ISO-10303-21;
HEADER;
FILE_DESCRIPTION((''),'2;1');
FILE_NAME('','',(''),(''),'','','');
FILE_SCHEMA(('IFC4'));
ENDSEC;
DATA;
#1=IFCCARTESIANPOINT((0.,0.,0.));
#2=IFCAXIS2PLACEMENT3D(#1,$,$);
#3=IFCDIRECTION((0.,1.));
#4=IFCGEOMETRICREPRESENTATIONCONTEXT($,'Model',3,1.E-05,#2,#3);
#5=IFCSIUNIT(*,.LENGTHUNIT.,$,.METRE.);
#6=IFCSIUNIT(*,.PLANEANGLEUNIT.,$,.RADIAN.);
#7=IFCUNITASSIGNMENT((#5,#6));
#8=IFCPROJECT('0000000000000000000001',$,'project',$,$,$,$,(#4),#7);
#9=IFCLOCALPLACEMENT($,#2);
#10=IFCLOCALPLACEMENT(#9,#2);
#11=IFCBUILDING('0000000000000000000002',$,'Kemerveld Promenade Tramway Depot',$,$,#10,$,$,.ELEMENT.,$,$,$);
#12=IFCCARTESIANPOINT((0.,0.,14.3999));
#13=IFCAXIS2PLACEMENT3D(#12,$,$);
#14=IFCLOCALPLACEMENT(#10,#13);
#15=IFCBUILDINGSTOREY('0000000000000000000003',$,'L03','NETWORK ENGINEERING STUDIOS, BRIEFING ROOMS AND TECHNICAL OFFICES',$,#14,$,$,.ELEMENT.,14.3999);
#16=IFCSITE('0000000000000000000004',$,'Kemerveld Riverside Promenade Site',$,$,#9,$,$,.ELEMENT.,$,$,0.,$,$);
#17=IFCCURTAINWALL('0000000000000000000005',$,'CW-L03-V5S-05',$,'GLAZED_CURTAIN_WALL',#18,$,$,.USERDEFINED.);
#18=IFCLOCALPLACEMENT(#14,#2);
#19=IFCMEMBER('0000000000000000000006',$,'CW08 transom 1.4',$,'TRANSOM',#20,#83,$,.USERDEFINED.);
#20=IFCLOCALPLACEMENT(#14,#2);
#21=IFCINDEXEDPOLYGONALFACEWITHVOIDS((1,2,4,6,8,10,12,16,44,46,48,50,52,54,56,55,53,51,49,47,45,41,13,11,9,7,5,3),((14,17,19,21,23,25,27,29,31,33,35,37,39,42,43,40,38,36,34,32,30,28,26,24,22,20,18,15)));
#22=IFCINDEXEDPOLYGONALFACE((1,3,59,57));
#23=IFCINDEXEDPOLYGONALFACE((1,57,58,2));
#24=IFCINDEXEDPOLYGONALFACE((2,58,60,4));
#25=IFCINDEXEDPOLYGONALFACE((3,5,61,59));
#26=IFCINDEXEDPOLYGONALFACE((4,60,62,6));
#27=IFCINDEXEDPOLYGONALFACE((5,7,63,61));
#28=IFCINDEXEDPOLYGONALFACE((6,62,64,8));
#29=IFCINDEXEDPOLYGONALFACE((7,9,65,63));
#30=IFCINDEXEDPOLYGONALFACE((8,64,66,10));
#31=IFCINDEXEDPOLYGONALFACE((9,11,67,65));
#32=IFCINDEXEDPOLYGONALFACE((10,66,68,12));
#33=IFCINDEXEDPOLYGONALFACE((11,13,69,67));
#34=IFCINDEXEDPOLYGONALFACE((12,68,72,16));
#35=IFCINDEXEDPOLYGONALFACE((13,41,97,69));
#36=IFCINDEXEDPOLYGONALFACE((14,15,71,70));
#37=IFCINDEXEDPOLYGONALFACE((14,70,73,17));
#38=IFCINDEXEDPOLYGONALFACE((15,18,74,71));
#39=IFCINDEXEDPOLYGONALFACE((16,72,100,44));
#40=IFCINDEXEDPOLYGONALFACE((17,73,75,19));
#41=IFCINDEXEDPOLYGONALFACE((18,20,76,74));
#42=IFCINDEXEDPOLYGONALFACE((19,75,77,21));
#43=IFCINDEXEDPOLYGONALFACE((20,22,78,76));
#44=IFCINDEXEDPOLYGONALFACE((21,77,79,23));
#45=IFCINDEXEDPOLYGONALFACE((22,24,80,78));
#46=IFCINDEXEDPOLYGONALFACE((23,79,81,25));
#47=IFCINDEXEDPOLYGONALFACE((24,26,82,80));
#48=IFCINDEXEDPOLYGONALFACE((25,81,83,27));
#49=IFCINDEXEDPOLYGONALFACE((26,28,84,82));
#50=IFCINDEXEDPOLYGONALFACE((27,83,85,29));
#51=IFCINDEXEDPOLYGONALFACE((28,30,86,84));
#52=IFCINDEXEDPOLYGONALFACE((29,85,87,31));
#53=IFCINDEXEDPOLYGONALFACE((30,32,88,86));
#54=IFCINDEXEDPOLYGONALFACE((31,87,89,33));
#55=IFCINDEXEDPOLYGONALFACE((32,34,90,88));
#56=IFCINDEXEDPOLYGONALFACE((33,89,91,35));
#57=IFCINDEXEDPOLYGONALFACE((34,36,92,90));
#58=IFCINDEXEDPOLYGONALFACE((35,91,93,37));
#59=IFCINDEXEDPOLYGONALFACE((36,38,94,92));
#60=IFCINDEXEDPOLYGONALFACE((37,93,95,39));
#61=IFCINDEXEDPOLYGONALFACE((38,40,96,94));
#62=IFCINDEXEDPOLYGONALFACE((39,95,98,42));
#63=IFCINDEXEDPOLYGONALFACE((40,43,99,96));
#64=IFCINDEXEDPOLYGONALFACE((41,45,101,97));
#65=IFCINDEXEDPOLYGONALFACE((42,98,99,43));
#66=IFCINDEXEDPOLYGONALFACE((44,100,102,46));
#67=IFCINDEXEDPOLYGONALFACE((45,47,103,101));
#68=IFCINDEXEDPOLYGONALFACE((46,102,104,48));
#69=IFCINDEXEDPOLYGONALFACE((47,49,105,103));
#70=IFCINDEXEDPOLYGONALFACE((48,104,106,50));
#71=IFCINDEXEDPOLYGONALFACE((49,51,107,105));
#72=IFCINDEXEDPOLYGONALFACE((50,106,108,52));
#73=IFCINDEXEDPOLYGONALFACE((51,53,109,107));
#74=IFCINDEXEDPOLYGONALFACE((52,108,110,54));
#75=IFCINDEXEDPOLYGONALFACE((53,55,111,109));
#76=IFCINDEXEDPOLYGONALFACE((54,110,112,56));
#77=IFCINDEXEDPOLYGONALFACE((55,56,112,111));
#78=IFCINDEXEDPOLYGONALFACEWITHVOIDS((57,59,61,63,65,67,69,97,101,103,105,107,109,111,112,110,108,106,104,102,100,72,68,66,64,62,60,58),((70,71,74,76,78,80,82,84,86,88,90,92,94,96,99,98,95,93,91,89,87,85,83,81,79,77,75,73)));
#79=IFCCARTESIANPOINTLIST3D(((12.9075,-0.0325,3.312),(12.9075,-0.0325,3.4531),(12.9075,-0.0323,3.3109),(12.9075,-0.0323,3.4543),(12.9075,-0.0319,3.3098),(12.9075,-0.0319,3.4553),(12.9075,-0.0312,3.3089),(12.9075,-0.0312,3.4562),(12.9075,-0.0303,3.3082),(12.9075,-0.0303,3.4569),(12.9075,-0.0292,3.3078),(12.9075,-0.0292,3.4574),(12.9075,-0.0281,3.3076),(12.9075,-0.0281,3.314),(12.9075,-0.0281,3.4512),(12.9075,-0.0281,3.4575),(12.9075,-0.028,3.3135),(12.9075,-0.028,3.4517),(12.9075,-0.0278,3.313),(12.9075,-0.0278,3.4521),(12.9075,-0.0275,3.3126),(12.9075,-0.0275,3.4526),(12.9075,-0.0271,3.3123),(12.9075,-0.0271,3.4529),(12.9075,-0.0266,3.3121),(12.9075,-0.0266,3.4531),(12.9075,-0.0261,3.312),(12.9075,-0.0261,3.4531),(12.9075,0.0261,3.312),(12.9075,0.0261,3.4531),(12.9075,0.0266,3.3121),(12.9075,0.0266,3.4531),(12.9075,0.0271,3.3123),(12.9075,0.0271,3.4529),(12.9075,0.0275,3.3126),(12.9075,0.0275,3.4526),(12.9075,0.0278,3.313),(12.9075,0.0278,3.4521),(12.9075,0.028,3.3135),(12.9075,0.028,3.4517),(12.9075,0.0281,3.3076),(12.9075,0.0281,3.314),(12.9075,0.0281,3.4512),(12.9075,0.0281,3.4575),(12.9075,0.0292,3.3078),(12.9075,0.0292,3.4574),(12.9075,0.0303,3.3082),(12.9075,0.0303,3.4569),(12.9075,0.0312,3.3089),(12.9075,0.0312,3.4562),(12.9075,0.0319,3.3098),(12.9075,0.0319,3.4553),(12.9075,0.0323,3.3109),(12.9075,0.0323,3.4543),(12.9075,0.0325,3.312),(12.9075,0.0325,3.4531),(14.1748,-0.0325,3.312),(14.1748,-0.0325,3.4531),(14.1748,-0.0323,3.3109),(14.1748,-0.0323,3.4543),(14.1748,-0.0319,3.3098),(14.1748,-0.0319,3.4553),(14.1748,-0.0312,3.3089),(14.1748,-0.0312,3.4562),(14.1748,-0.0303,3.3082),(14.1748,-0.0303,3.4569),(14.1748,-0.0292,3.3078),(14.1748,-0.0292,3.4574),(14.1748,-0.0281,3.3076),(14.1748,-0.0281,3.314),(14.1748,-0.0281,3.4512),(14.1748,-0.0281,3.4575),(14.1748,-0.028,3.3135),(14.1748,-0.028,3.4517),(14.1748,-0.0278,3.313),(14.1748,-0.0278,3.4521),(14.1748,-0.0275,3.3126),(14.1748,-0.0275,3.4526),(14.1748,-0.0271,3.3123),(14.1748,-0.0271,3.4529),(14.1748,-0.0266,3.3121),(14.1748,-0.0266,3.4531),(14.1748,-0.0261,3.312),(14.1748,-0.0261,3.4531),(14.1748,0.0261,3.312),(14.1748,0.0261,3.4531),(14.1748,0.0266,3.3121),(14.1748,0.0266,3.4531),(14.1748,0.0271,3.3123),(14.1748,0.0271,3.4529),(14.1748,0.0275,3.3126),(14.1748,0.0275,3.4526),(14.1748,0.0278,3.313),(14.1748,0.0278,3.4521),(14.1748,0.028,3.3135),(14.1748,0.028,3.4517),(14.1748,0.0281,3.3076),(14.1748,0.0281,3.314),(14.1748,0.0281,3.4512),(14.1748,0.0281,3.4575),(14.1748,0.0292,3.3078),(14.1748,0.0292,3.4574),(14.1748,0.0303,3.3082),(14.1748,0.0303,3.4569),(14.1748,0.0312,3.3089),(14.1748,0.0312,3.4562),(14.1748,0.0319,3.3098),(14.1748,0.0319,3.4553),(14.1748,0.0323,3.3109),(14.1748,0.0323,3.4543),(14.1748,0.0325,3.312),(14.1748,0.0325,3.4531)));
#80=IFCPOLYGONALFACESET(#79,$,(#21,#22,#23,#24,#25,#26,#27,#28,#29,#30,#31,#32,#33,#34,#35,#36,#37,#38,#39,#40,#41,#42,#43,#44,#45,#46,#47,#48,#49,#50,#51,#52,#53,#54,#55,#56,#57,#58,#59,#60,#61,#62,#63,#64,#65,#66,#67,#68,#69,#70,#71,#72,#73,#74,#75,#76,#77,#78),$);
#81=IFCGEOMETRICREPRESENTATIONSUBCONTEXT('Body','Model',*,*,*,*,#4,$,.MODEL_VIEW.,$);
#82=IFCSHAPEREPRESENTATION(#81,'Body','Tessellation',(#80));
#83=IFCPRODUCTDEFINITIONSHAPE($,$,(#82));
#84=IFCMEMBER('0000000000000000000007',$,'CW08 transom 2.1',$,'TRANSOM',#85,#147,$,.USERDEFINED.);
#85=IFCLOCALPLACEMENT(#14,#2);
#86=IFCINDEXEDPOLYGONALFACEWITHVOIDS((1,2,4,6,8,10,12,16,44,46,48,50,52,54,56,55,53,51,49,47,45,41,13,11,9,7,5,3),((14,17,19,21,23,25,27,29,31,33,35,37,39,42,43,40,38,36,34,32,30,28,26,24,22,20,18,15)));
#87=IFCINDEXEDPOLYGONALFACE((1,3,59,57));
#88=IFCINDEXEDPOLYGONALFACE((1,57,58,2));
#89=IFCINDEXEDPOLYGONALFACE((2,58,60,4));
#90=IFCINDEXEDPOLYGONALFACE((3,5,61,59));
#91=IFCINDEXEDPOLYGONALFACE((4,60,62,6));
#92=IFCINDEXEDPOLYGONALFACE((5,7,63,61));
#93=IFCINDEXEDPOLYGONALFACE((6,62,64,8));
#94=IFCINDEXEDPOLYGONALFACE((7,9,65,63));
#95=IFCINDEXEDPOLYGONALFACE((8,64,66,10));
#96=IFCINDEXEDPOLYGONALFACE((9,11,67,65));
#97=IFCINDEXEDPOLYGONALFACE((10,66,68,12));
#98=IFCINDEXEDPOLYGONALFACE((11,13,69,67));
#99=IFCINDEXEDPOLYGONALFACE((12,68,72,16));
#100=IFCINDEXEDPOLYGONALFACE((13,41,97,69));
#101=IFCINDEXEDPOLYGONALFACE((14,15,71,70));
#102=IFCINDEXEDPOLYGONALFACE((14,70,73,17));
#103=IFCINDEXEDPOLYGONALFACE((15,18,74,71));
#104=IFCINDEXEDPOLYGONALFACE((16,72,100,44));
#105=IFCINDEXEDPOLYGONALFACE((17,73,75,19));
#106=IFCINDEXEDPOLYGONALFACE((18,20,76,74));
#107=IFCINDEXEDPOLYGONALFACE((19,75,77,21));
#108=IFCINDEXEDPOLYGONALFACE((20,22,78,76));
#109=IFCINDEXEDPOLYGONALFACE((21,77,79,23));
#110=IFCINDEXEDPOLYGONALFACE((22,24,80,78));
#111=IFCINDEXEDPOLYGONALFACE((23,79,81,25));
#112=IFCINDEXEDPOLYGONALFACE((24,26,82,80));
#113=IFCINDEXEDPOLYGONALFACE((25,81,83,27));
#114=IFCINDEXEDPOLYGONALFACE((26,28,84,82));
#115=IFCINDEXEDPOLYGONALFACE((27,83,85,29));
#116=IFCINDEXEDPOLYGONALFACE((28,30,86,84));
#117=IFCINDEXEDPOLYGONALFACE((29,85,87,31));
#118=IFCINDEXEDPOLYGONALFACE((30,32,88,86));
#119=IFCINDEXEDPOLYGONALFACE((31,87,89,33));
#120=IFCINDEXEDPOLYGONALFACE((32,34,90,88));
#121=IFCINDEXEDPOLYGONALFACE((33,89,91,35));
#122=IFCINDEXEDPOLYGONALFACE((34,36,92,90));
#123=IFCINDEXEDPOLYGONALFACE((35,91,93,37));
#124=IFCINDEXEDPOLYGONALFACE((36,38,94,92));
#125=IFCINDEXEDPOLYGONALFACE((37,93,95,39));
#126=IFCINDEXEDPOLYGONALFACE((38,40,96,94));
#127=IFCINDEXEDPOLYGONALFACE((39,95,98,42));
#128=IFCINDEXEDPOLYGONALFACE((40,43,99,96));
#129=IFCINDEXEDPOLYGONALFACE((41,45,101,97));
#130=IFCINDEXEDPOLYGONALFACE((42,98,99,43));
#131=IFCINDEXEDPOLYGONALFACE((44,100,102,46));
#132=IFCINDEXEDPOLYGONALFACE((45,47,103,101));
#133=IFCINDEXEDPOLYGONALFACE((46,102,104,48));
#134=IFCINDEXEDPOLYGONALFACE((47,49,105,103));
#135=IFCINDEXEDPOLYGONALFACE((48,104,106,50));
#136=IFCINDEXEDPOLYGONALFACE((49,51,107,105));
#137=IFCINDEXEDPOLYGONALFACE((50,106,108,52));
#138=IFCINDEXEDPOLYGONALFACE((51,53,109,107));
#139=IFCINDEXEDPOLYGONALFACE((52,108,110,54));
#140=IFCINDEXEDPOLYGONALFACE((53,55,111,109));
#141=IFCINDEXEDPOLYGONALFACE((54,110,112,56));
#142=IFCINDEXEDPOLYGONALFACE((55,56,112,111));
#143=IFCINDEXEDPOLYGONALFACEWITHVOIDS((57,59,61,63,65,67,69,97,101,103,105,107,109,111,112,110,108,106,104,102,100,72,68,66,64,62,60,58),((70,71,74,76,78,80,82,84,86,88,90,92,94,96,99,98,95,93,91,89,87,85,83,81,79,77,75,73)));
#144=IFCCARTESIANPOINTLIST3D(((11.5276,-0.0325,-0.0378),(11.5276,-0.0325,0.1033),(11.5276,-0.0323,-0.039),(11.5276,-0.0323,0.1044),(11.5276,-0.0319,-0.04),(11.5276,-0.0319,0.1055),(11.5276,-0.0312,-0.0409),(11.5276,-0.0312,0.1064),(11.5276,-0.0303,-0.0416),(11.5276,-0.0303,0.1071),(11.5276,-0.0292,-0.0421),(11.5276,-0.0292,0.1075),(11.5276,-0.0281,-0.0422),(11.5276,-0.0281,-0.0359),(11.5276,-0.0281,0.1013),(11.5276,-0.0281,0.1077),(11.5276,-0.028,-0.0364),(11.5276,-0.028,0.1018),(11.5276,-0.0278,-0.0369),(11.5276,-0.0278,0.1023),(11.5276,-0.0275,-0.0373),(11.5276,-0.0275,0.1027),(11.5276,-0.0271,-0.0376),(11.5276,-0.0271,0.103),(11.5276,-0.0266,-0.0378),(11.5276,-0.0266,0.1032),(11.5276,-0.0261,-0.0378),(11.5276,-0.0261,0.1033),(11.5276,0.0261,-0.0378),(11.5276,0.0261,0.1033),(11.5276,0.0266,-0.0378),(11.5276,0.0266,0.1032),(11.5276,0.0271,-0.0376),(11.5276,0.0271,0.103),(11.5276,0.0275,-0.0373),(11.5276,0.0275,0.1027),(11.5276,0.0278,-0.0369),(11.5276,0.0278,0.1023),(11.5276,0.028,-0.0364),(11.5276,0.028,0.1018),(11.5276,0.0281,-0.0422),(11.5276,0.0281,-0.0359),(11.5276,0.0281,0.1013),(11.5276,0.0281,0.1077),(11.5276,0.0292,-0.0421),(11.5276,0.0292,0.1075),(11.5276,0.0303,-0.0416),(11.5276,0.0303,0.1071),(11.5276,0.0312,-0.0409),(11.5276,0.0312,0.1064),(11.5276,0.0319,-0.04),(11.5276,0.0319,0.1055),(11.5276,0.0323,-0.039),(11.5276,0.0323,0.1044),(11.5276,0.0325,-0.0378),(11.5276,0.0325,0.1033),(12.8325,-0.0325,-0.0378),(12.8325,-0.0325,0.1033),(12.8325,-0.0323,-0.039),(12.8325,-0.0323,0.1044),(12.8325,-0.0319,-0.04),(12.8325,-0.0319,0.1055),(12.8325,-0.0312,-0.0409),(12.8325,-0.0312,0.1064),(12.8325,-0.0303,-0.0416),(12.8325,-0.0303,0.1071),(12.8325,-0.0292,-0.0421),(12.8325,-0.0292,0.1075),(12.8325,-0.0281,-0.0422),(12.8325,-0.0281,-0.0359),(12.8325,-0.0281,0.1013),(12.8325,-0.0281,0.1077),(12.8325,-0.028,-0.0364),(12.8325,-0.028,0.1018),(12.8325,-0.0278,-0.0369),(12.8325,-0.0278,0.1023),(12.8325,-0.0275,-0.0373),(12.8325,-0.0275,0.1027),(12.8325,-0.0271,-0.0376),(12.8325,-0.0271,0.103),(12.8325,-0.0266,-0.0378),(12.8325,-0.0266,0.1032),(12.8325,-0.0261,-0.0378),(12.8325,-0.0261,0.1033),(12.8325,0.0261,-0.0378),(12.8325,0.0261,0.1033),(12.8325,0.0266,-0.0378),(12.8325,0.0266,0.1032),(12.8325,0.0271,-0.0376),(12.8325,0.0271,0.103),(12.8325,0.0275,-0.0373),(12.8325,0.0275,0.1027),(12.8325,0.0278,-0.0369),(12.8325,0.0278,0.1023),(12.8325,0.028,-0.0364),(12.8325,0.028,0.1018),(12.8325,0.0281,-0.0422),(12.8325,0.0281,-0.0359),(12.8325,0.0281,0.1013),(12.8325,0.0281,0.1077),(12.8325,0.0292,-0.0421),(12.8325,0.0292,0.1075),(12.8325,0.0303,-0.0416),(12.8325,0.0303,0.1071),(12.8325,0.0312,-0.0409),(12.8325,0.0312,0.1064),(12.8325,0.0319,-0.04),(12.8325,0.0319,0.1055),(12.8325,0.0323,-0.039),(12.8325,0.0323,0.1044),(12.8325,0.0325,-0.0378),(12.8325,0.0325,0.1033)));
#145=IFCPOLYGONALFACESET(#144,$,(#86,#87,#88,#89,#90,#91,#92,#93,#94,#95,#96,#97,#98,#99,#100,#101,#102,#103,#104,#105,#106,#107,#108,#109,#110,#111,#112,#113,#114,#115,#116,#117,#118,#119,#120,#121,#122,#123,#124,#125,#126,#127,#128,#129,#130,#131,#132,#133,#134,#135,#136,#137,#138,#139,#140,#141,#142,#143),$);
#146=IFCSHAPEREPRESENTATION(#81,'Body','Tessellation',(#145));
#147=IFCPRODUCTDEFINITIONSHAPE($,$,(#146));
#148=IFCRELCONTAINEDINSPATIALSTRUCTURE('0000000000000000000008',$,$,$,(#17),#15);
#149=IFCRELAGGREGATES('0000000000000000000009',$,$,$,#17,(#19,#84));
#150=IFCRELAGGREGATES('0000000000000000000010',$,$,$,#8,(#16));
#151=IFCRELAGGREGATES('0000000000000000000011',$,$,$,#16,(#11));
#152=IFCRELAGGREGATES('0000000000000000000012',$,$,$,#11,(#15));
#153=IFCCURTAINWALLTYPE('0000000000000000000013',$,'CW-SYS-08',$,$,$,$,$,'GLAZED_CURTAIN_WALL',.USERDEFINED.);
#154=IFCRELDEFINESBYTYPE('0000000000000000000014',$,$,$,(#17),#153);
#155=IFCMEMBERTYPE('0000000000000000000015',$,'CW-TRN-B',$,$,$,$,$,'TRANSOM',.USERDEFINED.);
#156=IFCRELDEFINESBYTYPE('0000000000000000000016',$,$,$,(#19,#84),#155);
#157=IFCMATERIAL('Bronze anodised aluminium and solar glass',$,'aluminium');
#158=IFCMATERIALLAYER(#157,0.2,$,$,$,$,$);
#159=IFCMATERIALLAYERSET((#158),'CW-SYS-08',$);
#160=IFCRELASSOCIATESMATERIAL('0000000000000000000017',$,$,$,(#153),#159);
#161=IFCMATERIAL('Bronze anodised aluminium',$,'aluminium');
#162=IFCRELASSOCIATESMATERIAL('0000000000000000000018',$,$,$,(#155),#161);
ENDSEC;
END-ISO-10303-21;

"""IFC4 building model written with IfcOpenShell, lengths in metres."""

from ifc_helpers import new_model, si_unit, direction, frame, origin, origin_2d, place, context, subcontext, project, spatial, hollow_rectangle, extrude, material, layer, layer_set, material_profile, profile_set, type_object, element, aggregate, save


model = new_model("IFC4")

# Units and contexts
model_context = context("Model", 3, precision=1e-05, world=origin(), true_north=direction((0.0, 1.0)))
body_context = subcontext(model_context, "Body", "Model", "MODEL_VIEW")
ifc_project = project(units=[si_unit("LENGTHUNIT", "METRE"), si_unit("PLANEANGLEUNIT", "RADIAN")], contexts=[model_context])

# Site, building, storey
site_placement = place(None, origin())
site = spatial("IfcSite", under=ifc_project, at=site_placement, Name="Kemerveld Riverside Promenade Site", CompositionType="ELEMENT", RefElevation=0.0)
building_placement = place(site_placement, origin())
building = spatial("IfcBuilding", under=site, at=building_placement, Name="Kemerveld Promenade Tramway Depot", CompositionType="ELEMENT")
storey_placement = place(building_placement, frame((0.0, 0.0, 14.3999)))
storey = spatial("IfcBuildingStorey", under=building, at=storey_placement, Name="L03", Description="NETWORK ENGINEERING STUDIOS, BRIEFING ROOMS AND TECHNICAL OFFICES", CompositionType="ELEMENT", Elevation=14.3999)

# Curtain wall, members
ifc_material_1 = material(Name="Bronze anodised aluminium and solar glass", Category="aluminium")
ifc_layer_1 = layer(ifc_material_1, 0.2)
ifc_layer_set_1 = layer_set([ifc_layer_1], Name="CW-SYS-08")
curtain_wall_type = type_object("IfcCurtainWallType", Name="CW-SYS-08", ElementType="GLAZED_CURTAIN_WALL", PredefinedType="USERDEFINED", material=ifc_layer_set_1)
curtain_wall_placement = place(storey_placement, origin())
curtain_wall = element("IfcCurtainWall", 1, at=curtain_wall_placement, inside=storey, type_object=curtain_wall_type, Name="CW-L03-V5S-05", ObjectType="GLAZED_CURTAIN_WALL", PredefinedType="USERDEFINED")
ifc_material_2 = material(Name="Bronze anodised aluminium", Category="aluminium")
ifc_material_profile_1 = material_profile(ifc_material_2, hollow_rectangle(XDim=0.0649, YDim=0.1499, WallThickness=0.0044, InnerFilletRadius=0.002, OuterFilletRadius=0.0044, at=origin_2d()), Name="CW-TRN-150x65")
ifc_profile_set_1 = profile_set([ifc_material_profile_1], Name="Bronze anodised aluminium")
member_type_1 = type_object("IfcMemberType", Name="CW-TRN-B", ElementType="TRANSOM", PredefinedType="USERDEFINED", material=ifc_profile_set_1)
member_1_placement = place(storey_placement, frame((14.1748, 0.0, 3.3826), z_axis=(-1.0, 0.0, 0.0), x_axis=(0.0, -1.0, 0.0)))
member_1 = element("IfcMember", 2, at=member_1_placement, type_object=member_type_1, Name="CW08 transom 1.4", ObjectType="TRANSOM", PredefinedType="USERDEFINED", context=body_context, shape_type="SweptSolid", body=[
    extrude(hollow_rectangle(XDim=0.0649, YDim=0.1499, WallThickness=0.0044, InnerFilletRadius=0.002, OuterFilletRadius=0.0044, at=origin_2d()), origin(), (0.0, 0.0, 1.0), 1.2673),
])
member_2_placement = place(storey_placement, frame((12.8325, 0.0, 0.0327), z_axis=(-1.0, 0.0, 0.0), x_axis=(0.0, -1.0, 0.0)))
member_2 = element("IfcMember", 3, at=member_2_placement, type_object=member_type_1, Name="CW08 transom 2.1", ObjectType="TRANSOM", PredefinedType="USERDEFINED", context=body_context, shape_type="SweptSolid", body=[
    extrude(hollow_rectangle(XDim=0.0649, YDim=0.1499, WallThickness=0.0044, InnerFilletRadius=0.002, OuterFilletRadius=0.0044, at=origin_2d()), origin(), (0.0, 0.0, 1.0), 1.3049),
])
aggregate(curtain_wall, [member_1, member_2])

save(model, "model.ifc")
